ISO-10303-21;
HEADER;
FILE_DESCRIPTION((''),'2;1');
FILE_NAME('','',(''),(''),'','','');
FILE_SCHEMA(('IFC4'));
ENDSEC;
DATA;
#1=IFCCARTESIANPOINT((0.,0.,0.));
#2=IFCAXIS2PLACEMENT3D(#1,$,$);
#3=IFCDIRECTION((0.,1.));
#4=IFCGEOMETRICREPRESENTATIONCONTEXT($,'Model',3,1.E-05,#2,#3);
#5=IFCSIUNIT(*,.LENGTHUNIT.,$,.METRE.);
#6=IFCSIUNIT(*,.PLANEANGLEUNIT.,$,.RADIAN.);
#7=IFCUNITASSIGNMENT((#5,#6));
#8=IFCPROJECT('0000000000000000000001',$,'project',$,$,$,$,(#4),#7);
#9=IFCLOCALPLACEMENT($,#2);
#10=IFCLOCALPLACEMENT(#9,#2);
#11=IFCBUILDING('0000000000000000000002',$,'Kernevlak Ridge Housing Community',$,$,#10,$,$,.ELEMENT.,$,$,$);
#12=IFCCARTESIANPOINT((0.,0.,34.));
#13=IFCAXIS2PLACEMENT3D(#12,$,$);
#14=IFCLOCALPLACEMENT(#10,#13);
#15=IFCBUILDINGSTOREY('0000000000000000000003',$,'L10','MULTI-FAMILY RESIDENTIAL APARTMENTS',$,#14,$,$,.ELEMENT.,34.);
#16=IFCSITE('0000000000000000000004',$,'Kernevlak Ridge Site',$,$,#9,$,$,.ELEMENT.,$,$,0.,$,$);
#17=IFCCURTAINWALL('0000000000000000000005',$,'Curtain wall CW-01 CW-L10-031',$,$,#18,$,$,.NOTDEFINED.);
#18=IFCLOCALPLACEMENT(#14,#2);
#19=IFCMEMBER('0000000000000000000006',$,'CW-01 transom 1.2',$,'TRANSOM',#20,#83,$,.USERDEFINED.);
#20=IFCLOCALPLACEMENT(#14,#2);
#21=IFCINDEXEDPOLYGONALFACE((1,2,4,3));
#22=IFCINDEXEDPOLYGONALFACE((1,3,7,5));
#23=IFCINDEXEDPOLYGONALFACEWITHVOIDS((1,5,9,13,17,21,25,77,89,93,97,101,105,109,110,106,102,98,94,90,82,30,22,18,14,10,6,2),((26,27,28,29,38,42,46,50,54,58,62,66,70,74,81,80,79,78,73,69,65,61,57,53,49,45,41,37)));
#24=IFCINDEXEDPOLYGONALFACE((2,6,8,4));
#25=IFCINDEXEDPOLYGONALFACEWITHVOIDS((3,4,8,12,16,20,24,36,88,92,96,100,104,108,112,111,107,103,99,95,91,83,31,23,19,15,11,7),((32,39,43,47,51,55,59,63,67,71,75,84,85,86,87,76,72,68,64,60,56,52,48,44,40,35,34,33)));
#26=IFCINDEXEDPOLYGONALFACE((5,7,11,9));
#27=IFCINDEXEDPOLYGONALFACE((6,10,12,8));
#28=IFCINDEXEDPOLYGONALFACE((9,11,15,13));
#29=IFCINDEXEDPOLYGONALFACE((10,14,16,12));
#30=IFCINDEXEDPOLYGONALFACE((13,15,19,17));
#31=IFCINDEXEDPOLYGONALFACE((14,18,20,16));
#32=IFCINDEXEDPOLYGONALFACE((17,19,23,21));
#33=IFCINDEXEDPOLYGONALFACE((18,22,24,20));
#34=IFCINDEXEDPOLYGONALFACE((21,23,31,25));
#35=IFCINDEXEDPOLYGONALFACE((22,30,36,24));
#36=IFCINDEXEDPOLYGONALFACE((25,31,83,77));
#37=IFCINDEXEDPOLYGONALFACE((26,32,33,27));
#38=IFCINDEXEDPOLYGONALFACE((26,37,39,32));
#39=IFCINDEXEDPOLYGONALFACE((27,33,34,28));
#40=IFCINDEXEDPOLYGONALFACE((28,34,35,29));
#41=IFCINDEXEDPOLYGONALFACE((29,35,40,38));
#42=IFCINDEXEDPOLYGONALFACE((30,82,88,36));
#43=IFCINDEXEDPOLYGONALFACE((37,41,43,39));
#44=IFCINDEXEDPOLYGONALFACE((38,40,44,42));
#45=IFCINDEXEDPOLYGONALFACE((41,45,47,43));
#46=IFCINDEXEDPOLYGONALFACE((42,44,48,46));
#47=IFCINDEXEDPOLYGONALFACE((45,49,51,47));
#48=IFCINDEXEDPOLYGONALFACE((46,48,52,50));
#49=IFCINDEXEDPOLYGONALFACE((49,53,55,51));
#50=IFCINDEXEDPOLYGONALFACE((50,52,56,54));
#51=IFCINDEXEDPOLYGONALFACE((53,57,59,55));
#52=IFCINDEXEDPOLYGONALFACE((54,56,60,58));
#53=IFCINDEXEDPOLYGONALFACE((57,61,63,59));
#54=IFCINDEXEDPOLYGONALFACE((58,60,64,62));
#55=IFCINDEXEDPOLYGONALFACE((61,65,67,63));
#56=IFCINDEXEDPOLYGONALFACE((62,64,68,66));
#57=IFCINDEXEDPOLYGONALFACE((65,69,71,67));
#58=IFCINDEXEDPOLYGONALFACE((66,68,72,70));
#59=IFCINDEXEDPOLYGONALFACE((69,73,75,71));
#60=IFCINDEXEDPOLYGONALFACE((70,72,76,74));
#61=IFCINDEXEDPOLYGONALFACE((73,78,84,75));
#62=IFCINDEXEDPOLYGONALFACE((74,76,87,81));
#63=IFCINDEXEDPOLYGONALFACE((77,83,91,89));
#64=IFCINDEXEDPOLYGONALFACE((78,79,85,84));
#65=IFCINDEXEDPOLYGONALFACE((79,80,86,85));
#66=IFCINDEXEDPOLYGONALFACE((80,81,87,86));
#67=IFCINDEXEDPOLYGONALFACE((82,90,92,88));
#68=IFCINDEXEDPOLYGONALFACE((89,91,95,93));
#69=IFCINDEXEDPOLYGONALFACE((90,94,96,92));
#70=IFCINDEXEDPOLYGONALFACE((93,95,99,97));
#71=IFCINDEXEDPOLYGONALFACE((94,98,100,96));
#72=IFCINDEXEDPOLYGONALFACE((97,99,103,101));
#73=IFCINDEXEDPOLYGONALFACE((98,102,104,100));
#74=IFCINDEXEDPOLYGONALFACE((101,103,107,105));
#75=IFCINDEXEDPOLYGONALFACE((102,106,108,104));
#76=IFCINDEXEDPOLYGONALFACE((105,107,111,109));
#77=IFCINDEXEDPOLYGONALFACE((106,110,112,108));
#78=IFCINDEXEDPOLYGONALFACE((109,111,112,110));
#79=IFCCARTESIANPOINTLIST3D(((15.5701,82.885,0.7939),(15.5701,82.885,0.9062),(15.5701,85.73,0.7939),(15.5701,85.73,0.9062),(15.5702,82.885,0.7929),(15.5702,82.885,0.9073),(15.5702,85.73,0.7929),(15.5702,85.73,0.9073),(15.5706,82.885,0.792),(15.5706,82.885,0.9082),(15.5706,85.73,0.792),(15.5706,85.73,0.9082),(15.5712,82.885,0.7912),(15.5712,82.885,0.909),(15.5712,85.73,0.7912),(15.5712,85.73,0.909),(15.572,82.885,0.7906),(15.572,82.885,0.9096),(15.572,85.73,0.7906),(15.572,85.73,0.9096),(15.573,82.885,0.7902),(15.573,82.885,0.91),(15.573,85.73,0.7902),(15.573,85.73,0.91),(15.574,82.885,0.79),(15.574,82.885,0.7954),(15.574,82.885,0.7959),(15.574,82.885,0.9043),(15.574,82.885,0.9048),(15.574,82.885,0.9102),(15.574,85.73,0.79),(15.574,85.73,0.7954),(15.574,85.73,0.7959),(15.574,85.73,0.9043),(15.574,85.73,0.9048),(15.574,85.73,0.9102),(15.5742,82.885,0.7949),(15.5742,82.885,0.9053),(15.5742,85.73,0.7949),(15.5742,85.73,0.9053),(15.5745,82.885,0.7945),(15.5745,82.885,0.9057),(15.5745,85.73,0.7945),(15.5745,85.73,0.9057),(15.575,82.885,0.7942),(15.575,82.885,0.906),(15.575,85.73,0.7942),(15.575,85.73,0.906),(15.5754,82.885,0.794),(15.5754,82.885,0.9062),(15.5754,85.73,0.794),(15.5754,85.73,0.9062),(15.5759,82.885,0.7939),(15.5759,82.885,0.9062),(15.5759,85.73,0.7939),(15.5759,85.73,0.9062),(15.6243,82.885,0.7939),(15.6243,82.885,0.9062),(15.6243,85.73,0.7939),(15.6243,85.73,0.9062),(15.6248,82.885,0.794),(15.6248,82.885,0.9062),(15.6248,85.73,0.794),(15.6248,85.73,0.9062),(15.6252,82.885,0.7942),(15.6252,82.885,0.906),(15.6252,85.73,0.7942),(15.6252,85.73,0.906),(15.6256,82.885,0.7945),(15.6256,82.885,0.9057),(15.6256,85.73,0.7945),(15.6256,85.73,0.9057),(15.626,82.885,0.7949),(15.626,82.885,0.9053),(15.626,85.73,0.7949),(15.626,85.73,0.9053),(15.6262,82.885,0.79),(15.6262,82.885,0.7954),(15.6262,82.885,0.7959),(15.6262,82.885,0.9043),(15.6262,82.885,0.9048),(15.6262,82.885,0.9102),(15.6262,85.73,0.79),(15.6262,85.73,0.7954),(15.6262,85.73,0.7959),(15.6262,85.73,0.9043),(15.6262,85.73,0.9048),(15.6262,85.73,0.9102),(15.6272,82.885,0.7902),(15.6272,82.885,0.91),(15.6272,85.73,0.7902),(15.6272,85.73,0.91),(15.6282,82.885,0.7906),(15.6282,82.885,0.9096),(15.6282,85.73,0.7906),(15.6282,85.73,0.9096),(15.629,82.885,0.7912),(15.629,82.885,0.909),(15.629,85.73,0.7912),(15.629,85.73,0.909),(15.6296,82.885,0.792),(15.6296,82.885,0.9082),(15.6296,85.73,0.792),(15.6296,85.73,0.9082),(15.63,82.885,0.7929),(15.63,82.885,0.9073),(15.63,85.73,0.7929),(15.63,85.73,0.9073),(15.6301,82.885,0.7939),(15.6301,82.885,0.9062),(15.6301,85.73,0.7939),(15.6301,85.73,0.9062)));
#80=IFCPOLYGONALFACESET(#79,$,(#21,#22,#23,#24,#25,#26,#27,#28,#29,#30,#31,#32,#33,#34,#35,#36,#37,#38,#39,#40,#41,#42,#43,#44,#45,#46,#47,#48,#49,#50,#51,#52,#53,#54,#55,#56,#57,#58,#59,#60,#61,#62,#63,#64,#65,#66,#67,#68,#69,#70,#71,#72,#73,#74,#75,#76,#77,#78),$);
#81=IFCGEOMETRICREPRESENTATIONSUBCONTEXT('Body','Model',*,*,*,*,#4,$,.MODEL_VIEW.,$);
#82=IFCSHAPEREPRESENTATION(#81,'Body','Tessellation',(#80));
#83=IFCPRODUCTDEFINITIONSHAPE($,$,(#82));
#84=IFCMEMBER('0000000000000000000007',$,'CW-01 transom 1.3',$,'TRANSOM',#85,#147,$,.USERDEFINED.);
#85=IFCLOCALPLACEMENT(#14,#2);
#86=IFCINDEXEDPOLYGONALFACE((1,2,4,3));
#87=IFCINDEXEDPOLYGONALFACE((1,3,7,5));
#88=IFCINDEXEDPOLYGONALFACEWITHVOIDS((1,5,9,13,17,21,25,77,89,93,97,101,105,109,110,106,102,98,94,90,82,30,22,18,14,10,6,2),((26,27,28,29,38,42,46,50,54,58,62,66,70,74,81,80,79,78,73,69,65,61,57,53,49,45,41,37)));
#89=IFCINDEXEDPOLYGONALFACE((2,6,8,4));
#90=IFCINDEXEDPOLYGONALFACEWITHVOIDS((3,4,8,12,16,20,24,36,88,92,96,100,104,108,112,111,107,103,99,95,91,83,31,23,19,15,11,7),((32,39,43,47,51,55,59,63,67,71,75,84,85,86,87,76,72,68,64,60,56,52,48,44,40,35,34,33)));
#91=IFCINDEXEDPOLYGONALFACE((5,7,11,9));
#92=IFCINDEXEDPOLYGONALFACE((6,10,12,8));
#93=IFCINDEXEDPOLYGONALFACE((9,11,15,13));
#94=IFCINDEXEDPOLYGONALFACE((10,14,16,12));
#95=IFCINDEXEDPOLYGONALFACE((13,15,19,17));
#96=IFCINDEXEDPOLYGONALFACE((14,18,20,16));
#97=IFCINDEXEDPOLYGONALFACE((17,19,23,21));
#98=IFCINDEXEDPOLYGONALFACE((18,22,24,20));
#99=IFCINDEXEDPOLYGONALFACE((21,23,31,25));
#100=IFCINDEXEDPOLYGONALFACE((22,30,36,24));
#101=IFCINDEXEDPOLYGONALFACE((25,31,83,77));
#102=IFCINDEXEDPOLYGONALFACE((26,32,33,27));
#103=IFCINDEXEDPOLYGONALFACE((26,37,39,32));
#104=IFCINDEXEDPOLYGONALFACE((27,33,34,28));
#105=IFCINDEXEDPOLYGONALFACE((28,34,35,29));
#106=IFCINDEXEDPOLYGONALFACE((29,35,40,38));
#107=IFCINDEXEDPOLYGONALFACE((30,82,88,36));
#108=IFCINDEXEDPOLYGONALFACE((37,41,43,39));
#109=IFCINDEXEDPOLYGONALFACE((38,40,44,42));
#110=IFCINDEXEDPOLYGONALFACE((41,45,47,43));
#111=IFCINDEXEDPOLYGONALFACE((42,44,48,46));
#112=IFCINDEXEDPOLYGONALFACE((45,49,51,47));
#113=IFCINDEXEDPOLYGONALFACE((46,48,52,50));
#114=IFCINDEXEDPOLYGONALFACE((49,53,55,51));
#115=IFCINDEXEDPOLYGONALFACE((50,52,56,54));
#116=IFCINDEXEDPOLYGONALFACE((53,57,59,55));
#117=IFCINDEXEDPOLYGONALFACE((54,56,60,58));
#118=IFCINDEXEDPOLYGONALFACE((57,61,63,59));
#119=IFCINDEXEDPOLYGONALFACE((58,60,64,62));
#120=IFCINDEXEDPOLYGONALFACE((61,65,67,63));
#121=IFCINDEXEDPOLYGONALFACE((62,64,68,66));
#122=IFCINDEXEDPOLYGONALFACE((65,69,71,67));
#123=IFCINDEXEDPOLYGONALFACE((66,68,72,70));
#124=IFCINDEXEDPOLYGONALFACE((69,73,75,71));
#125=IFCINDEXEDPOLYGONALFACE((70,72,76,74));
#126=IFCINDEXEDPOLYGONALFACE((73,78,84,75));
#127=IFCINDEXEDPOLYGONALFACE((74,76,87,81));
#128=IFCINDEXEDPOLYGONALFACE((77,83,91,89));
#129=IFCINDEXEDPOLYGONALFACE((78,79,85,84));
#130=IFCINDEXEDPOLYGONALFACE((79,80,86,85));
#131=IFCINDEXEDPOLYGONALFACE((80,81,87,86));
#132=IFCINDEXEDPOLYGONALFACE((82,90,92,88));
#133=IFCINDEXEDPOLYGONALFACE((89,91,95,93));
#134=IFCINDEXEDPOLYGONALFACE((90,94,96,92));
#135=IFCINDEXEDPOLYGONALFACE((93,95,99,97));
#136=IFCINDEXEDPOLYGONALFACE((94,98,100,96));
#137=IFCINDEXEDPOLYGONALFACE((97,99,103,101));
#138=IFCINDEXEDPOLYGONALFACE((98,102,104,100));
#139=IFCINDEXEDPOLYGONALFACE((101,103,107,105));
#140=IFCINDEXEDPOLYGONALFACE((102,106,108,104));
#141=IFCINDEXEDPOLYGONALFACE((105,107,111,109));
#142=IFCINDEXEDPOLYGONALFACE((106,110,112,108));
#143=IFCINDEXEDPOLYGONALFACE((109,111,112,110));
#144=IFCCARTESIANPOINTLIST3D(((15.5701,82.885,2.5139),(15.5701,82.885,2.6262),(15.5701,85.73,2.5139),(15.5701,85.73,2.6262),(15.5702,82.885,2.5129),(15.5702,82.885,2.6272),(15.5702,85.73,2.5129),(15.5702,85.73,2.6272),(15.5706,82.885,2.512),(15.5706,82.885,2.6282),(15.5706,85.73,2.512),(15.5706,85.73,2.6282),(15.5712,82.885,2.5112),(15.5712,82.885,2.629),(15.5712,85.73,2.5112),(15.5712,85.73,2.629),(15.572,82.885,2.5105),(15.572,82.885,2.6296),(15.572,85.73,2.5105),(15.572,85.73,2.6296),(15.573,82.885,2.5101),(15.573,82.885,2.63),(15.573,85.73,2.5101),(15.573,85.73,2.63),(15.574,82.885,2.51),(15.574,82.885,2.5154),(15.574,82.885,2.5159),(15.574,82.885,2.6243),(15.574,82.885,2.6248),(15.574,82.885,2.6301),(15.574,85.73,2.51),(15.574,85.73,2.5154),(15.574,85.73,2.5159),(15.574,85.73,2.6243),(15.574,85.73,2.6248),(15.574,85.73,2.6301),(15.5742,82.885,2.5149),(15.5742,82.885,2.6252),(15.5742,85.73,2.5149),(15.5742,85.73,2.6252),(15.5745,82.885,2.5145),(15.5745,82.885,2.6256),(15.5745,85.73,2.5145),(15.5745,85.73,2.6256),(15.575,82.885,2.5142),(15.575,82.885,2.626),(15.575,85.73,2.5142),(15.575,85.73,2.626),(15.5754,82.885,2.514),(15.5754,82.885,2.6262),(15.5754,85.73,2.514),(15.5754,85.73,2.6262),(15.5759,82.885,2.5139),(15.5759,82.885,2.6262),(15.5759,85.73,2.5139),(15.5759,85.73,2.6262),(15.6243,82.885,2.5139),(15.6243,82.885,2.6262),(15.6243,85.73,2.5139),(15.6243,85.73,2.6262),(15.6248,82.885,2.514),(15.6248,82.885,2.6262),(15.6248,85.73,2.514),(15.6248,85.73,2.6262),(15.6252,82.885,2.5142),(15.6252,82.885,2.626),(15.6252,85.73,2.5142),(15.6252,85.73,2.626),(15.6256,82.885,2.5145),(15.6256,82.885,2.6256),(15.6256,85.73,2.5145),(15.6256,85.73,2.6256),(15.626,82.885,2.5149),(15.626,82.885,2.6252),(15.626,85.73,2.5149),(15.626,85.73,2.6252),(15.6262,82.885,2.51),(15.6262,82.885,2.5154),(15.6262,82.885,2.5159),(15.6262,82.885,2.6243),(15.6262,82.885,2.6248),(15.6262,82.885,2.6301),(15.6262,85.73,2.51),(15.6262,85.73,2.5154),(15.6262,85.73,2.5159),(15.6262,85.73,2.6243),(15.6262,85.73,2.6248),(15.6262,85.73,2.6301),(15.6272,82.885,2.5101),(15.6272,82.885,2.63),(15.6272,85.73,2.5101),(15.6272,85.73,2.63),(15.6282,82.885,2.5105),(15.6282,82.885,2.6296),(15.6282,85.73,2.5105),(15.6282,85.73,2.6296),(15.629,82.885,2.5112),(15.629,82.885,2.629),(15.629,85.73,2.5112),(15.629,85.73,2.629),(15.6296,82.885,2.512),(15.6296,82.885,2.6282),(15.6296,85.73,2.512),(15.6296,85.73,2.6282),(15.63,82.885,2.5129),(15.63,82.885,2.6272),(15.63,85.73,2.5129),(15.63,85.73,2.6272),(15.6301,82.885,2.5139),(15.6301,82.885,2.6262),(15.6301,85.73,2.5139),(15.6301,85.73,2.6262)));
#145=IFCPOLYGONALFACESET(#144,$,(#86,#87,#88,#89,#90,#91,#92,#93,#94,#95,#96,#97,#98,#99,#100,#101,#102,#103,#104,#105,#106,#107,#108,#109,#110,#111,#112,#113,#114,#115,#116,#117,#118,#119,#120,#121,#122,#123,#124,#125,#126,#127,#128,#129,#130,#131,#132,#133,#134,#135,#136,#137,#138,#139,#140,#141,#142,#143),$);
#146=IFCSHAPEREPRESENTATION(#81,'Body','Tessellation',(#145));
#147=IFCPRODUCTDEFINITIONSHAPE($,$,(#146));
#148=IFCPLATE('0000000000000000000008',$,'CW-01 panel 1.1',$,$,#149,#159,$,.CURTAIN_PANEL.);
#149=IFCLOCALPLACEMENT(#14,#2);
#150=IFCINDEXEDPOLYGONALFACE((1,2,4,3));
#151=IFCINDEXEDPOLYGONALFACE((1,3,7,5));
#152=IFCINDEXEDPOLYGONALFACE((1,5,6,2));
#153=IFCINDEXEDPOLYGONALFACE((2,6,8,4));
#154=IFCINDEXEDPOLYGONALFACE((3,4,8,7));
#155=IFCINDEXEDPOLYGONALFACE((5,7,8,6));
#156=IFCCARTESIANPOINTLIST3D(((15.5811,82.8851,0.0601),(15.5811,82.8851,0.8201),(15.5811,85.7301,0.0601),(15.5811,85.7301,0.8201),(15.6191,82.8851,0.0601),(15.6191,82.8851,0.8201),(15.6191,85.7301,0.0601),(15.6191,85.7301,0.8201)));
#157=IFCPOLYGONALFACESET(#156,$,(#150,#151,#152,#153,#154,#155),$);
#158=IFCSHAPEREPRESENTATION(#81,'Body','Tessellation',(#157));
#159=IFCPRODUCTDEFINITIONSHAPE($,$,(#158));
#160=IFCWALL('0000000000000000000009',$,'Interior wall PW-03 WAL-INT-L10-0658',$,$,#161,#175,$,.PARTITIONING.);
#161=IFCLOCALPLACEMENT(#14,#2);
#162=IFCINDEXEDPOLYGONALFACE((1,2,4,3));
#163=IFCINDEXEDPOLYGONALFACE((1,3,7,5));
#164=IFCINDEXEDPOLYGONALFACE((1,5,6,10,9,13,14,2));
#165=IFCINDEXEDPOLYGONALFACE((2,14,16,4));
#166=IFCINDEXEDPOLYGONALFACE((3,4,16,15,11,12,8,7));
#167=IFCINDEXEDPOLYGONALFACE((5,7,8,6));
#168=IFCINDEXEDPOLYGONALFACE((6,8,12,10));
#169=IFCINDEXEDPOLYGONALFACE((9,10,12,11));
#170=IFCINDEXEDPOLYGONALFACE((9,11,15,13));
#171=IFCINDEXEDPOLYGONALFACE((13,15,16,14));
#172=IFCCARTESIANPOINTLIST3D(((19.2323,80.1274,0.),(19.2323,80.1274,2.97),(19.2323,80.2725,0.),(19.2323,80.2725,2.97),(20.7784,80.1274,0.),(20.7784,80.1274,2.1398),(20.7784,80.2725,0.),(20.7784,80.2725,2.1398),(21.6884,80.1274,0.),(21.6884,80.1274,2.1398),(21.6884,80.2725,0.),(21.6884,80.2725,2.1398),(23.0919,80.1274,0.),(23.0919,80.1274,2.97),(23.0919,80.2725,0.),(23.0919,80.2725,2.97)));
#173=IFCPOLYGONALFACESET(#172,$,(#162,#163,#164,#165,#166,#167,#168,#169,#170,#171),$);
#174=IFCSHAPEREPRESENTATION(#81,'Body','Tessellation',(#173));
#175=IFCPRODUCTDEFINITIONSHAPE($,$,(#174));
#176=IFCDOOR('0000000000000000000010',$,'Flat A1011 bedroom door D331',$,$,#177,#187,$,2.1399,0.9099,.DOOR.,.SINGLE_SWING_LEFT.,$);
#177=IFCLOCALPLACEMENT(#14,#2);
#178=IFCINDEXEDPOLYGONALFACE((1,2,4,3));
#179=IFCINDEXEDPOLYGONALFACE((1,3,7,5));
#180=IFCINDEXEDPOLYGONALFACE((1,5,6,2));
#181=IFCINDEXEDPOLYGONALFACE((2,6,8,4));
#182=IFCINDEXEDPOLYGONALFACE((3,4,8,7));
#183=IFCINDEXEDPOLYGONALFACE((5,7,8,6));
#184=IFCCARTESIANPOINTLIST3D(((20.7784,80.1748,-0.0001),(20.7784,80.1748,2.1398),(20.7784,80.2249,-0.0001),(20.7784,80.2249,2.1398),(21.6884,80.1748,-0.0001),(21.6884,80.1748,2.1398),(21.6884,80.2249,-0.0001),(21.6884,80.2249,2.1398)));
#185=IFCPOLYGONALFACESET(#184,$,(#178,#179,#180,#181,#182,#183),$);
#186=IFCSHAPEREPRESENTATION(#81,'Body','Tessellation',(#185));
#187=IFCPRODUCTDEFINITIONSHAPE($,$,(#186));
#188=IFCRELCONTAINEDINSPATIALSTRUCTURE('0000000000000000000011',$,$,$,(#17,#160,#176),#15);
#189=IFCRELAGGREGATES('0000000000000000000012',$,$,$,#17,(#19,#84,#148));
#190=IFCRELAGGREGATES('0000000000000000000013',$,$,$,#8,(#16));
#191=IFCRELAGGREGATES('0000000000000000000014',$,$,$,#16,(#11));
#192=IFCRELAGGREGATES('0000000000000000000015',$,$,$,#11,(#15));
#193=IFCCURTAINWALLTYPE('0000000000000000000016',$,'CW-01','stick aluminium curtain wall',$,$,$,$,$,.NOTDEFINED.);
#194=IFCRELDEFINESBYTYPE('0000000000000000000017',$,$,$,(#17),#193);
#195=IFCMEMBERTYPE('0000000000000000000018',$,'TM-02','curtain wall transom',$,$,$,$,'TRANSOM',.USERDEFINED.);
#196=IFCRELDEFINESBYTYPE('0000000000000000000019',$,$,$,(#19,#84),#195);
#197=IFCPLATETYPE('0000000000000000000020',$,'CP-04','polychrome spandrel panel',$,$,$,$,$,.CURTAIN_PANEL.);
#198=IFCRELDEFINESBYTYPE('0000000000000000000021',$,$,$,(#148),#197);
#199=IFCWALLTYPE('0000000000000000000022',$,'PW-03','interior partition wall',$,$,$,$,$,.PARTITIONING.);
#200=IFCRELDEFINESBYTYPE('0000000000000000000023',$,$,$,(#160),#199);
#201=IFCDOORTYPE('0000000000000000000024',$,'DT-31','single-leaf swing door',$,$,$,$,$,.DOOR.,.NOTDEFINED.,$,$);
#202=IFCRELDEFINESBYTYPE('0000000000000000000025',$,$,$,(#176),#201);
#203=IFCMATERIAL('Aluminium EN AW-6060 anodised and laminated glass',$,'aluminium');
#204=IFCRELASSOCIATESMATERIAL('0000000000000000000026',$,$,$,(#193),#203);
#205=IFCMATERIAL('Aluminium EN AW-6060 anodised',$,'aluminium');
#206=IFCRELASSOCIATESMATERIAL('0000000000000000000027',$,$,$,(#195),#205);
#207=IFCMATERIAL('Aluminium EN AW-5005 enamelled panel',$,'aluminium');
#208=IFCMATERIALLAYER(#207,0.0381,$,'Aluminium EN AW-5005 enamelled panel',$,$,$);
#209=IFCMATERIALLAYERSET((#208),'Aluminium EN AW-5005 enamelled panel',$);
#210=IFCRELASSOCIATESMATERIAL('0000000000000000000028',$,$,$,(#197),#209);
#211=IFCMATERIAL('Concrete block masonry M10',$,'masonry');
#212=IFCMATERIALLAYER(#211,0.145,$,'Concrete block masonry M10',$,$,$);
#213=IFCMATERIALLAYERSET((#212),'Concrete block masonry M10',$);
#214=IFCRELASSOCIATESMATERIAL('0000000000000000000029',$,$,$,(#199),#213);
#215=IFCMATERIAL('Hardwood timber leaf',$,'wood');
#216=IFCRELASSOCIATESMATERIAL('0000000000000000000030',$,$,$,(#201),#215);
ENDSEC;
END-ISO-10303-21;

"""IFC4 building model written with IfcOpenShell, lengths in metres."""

from ifc_helpers import new_model, si_unit, direction, frame, frame_2d, origin, origin_2d, place, context, subcontext, project, spatial, rectangle, hollow_rectangle, extrude, material, layer, layer_set, material_profile, profile_set, type_object, element, fill, aggregate, save


model = new_model("IFC4")

# Units and contexts
model_context = context("Model", 3, precision=1e-05, world=origin(), true_north=direction((0.0, 1.0)))
body_context = subcontext(model_context, "Body", "Model", "MODEL_VIEW")
ifc_project = project(units=[si_unit("LENGTHUNIT", "METRE"), si_unit("PLANEANGLEUNIT", "RADIAN")], contexts=[model_context])

# Site, building, storey
site_placement = place(None, origin())
site = spatial("IfcSite", under=ifc_project, at=site_placement, Name="Kernevlak Ridge Site", CompositionType="ELEMENT", RefElevation=0.0)
building_placement = place(site_placement, origin())
building = spatial("IfcBuilding", under=site, at=building_placement, Name="Kernevlak Ridge Housing Community", CompositionType="ELEMENT")
storey_placement = place(building_placement, frame((0.0, 0.0, 34.0)))
storey = spatial("IfcBuildingStorey", under=building, at=storey_placement, Name="L10", Description="MULTI-FAMILY RESIDENTIAL APARTMENTS", CompositionType="ELEMENT", Elevation=34.0)

# Curtain wall
ifc_material_1 = material(Name="Aluminium EN AW-6060 anodised and laminated glass", Category="aluminium")
curtain_wall_type = type_object("IfcCurtainWallType", Name="CW-01", Description="stick aluminium curtain wall", PredefinedType="NOTDEFINED", material=ifc_material_1)
curtain_wall_placement = place(storey_placement, origin())
curtain_wall = element("IfcCurtainWall", 1, at=curtain_wall_placement, inside=storey, type_object=curtain_wall_type, Name="Curtain wall CW-01 CW-L10-031", PredefinedType="NOTDEFINED")
ifc_material_2 = material(Name="Aluminium EN AW-6060 anodised", Category="aluminium")

# Members
ifc_material_profile_1 = material_profile(ifc_material_2, hollow_rectangle(XDim=0.0601, YDim=0.1201, WallThickness=0.0039, InnerFilletRadius=0.002, OuterFilletRadius=0.0039, at=origin_2d()), Name="ALU 60x120x4")
ifc_profile_set_1 = profile_set([ifc_material_profile_1], Name="Aluminium EN AW-6060 anodised")
member_type_1 = type_object("IfcMemberType", Name="TM-02", Description="curtain wall transom", ElementType="TRANSOM", PredefinedType="USERDEFINED", material=ifc_profile_set_1)
member_1_placement = place(storey_placement, frame((15.6001, 82.885, 0.8501), z_axis=(0.0, 1.0, 0.0), x_axis=(-1.0, 0.0, 0.0)))
member_1 = element("IfcMember", 2, at=member_1_placement, type_object=member_type_1, Name="CW-01 transom 1.2", ObjectType="TRANSOM", PredefinedType="USERDEFINED", context=body_context, shape_type="SweptSolid", body=[
    extrude(hollow_rectangle(XDim=0.0601, YDim=0.1201, WallThickness=0.0039, InnerFilletRadius=0.002, OuterFilletRadius=0.0039, at=origin_2d()), origin(), (0.0, 0.0, 1.0), 2.845),
])
member_2_placement = place(storey_placement, frame((15.6001, 82.885, 2.5701), z_axis=(0.0, 1.0, 0.0), x_axis=(-1.0, 0.0, 0.0)))
member_2 = element("IfcMember", 3, at=member_2_placement, type_object=member_type_1, Name="CW-01 transom 1.3", ObjectType="TRANSOM", PredefinedType="USERDEFINED", context=body_context, shape_type="SweptSolid", body=[
    extrude(hollow_rectangle(XDim=0.0601, YDim=0.1201, WallThickness=0.0039, InnerFilletRadius=0.002, OuterFilletRadius=0.0039, at=origin_2d()), origin(), (0.0, 0.0, 1.0), 2.845),
])

# Plate
ifc_material_3 = material(Name="Aluminium EN AW-5005 enamelled panel", Category="aluminium")
ifc_layer_1 = layer(ifc_material_3, 0.0381, Name="Aluminium EN AW-5005 enamelled panel")
ifc_layer_set_1 = layer_set([ifc_layer_1], Name="Aluminium EN AW-5005 enamelled panel")
plate_type = type_object("IfcPlateType", Name="CP-04", Description="polychrome spandrel panel", PredefinedType="CURTAIN_PANEL", material=ifc_layer_set_1)
plate_placement = place(storey_placement, frame((15.6001, 84.3076, 0.0601), z_axis=(0.0, 0.0, 1.0), x_axis=(0.0, 1.0, 0.0)))
plate = element("IfcPlate", 4, at=plate_placement, type_object=plate_type, Name="CW-01 panel 1.1", PredefinedType="CURTAIN_PANEL", context=body_context, shape_type="SweptSolid", body=[
    extrude(rectangle(XDim=2.845, YDim=0.0381, at=origin_2d()), origin(), (0.0, 0.0, 1.0), 0.76),
])
aggregate(curtain_wall, [member_1, member_2, plate])

# Wall, opening, door
ifc_material_4 = material(Name="Concrete block masonry M10", Category="masonry")
ifc_layer_2 = layer(ifc_material_4, 0.145, Name="Concrete block masonry M10")
ifc_layer_set_2 = layer_set([ifc_layer_2], Name="Concrete block masonry M10")
wall_type_1 = type_object("IfcWallType", Name="PW-03", Description="interior partition wall", PredefinedType="PARTITIONING", material=ifc_layer_set_2)
wall_1_placement = place(storey_placement, frame((19.2324, 80.2, 0.0), z_axis=(0.0, 0.0, 1.0), x_axis=(1.0, 0.0, 0.0)))
wall_1 = element("IfcWall", 5, at=wall_1_placement, inside=storey, type_object=wall_type_1, Name="Interior wall PW-03 WAL-INT-L10-0658", PredefinedType="PARTITIONING", context=body_context, shape_type="SweptSolid", body=[
    extrude(rectangle(XDim=3.8596, YDim=0.145, at=frame_2d((1.9297, 0.0))), origin(), (0.0, 0.0, 1.0), 2.97),
])
opening_1_placement = place(wall_1_placement, frame((1.5459, 0.0, 0.0)))
opening_1 = element("IfcOpeningElement", 6, at=opening_1_placement, cuts=wall_1, PredefinedType="OPENING", context=body_context, shape_type="SweptSolid", body=[
    extrude(rectangle(XDim=0.9099, YDim=2.1399, at=frame_2d((0.4551, 1.0698))), frame((0.0, 0.0825, 0.0), z_axis=(0.0, -1.0, 0.0), x_axis=(1.0, 0.0, 0.0)), (0.0, 0.0, 1.0), 0.165),
])
ifc_material_5 = material(Name="Hardwood timber leaf", Category="wood")
door_type_1 = type_object("IfcDoorType", Name="DT-31", Description="single-leaf swing door", OperationType="NOTDEFINED", PredefinedType="DOOR", material=ifc_material_5)
door_1_placement = place(opening_1_placement, origin())
door_1 = element("IfcDoor", 7, at=door_1_placement, inside=storey, type_object=door_type_1, Name="Flat A1011 bedroom door D331", OperationType="SINGLE_SWING_LEFT", OverallHeight=2.1399, OverallWidth=0.9099, PredefinedType="DOOR", context=body_context, shape_type="SweptSolid", body=[
    extrude(rectangle(XDim=0.9099, YDim=2.1399, at=frame_2d((0.4551, 1.0698))), frame((0.0, 0.0249, 0.0), z_axis=(0.0, -1.0, 0.0), x_axis=(1.0, 0.0, 0.0)), (0.0, 0.0, 1.0), 0.05),
])
fill(opening_1, door_1)

save(model, "model.ifc")
